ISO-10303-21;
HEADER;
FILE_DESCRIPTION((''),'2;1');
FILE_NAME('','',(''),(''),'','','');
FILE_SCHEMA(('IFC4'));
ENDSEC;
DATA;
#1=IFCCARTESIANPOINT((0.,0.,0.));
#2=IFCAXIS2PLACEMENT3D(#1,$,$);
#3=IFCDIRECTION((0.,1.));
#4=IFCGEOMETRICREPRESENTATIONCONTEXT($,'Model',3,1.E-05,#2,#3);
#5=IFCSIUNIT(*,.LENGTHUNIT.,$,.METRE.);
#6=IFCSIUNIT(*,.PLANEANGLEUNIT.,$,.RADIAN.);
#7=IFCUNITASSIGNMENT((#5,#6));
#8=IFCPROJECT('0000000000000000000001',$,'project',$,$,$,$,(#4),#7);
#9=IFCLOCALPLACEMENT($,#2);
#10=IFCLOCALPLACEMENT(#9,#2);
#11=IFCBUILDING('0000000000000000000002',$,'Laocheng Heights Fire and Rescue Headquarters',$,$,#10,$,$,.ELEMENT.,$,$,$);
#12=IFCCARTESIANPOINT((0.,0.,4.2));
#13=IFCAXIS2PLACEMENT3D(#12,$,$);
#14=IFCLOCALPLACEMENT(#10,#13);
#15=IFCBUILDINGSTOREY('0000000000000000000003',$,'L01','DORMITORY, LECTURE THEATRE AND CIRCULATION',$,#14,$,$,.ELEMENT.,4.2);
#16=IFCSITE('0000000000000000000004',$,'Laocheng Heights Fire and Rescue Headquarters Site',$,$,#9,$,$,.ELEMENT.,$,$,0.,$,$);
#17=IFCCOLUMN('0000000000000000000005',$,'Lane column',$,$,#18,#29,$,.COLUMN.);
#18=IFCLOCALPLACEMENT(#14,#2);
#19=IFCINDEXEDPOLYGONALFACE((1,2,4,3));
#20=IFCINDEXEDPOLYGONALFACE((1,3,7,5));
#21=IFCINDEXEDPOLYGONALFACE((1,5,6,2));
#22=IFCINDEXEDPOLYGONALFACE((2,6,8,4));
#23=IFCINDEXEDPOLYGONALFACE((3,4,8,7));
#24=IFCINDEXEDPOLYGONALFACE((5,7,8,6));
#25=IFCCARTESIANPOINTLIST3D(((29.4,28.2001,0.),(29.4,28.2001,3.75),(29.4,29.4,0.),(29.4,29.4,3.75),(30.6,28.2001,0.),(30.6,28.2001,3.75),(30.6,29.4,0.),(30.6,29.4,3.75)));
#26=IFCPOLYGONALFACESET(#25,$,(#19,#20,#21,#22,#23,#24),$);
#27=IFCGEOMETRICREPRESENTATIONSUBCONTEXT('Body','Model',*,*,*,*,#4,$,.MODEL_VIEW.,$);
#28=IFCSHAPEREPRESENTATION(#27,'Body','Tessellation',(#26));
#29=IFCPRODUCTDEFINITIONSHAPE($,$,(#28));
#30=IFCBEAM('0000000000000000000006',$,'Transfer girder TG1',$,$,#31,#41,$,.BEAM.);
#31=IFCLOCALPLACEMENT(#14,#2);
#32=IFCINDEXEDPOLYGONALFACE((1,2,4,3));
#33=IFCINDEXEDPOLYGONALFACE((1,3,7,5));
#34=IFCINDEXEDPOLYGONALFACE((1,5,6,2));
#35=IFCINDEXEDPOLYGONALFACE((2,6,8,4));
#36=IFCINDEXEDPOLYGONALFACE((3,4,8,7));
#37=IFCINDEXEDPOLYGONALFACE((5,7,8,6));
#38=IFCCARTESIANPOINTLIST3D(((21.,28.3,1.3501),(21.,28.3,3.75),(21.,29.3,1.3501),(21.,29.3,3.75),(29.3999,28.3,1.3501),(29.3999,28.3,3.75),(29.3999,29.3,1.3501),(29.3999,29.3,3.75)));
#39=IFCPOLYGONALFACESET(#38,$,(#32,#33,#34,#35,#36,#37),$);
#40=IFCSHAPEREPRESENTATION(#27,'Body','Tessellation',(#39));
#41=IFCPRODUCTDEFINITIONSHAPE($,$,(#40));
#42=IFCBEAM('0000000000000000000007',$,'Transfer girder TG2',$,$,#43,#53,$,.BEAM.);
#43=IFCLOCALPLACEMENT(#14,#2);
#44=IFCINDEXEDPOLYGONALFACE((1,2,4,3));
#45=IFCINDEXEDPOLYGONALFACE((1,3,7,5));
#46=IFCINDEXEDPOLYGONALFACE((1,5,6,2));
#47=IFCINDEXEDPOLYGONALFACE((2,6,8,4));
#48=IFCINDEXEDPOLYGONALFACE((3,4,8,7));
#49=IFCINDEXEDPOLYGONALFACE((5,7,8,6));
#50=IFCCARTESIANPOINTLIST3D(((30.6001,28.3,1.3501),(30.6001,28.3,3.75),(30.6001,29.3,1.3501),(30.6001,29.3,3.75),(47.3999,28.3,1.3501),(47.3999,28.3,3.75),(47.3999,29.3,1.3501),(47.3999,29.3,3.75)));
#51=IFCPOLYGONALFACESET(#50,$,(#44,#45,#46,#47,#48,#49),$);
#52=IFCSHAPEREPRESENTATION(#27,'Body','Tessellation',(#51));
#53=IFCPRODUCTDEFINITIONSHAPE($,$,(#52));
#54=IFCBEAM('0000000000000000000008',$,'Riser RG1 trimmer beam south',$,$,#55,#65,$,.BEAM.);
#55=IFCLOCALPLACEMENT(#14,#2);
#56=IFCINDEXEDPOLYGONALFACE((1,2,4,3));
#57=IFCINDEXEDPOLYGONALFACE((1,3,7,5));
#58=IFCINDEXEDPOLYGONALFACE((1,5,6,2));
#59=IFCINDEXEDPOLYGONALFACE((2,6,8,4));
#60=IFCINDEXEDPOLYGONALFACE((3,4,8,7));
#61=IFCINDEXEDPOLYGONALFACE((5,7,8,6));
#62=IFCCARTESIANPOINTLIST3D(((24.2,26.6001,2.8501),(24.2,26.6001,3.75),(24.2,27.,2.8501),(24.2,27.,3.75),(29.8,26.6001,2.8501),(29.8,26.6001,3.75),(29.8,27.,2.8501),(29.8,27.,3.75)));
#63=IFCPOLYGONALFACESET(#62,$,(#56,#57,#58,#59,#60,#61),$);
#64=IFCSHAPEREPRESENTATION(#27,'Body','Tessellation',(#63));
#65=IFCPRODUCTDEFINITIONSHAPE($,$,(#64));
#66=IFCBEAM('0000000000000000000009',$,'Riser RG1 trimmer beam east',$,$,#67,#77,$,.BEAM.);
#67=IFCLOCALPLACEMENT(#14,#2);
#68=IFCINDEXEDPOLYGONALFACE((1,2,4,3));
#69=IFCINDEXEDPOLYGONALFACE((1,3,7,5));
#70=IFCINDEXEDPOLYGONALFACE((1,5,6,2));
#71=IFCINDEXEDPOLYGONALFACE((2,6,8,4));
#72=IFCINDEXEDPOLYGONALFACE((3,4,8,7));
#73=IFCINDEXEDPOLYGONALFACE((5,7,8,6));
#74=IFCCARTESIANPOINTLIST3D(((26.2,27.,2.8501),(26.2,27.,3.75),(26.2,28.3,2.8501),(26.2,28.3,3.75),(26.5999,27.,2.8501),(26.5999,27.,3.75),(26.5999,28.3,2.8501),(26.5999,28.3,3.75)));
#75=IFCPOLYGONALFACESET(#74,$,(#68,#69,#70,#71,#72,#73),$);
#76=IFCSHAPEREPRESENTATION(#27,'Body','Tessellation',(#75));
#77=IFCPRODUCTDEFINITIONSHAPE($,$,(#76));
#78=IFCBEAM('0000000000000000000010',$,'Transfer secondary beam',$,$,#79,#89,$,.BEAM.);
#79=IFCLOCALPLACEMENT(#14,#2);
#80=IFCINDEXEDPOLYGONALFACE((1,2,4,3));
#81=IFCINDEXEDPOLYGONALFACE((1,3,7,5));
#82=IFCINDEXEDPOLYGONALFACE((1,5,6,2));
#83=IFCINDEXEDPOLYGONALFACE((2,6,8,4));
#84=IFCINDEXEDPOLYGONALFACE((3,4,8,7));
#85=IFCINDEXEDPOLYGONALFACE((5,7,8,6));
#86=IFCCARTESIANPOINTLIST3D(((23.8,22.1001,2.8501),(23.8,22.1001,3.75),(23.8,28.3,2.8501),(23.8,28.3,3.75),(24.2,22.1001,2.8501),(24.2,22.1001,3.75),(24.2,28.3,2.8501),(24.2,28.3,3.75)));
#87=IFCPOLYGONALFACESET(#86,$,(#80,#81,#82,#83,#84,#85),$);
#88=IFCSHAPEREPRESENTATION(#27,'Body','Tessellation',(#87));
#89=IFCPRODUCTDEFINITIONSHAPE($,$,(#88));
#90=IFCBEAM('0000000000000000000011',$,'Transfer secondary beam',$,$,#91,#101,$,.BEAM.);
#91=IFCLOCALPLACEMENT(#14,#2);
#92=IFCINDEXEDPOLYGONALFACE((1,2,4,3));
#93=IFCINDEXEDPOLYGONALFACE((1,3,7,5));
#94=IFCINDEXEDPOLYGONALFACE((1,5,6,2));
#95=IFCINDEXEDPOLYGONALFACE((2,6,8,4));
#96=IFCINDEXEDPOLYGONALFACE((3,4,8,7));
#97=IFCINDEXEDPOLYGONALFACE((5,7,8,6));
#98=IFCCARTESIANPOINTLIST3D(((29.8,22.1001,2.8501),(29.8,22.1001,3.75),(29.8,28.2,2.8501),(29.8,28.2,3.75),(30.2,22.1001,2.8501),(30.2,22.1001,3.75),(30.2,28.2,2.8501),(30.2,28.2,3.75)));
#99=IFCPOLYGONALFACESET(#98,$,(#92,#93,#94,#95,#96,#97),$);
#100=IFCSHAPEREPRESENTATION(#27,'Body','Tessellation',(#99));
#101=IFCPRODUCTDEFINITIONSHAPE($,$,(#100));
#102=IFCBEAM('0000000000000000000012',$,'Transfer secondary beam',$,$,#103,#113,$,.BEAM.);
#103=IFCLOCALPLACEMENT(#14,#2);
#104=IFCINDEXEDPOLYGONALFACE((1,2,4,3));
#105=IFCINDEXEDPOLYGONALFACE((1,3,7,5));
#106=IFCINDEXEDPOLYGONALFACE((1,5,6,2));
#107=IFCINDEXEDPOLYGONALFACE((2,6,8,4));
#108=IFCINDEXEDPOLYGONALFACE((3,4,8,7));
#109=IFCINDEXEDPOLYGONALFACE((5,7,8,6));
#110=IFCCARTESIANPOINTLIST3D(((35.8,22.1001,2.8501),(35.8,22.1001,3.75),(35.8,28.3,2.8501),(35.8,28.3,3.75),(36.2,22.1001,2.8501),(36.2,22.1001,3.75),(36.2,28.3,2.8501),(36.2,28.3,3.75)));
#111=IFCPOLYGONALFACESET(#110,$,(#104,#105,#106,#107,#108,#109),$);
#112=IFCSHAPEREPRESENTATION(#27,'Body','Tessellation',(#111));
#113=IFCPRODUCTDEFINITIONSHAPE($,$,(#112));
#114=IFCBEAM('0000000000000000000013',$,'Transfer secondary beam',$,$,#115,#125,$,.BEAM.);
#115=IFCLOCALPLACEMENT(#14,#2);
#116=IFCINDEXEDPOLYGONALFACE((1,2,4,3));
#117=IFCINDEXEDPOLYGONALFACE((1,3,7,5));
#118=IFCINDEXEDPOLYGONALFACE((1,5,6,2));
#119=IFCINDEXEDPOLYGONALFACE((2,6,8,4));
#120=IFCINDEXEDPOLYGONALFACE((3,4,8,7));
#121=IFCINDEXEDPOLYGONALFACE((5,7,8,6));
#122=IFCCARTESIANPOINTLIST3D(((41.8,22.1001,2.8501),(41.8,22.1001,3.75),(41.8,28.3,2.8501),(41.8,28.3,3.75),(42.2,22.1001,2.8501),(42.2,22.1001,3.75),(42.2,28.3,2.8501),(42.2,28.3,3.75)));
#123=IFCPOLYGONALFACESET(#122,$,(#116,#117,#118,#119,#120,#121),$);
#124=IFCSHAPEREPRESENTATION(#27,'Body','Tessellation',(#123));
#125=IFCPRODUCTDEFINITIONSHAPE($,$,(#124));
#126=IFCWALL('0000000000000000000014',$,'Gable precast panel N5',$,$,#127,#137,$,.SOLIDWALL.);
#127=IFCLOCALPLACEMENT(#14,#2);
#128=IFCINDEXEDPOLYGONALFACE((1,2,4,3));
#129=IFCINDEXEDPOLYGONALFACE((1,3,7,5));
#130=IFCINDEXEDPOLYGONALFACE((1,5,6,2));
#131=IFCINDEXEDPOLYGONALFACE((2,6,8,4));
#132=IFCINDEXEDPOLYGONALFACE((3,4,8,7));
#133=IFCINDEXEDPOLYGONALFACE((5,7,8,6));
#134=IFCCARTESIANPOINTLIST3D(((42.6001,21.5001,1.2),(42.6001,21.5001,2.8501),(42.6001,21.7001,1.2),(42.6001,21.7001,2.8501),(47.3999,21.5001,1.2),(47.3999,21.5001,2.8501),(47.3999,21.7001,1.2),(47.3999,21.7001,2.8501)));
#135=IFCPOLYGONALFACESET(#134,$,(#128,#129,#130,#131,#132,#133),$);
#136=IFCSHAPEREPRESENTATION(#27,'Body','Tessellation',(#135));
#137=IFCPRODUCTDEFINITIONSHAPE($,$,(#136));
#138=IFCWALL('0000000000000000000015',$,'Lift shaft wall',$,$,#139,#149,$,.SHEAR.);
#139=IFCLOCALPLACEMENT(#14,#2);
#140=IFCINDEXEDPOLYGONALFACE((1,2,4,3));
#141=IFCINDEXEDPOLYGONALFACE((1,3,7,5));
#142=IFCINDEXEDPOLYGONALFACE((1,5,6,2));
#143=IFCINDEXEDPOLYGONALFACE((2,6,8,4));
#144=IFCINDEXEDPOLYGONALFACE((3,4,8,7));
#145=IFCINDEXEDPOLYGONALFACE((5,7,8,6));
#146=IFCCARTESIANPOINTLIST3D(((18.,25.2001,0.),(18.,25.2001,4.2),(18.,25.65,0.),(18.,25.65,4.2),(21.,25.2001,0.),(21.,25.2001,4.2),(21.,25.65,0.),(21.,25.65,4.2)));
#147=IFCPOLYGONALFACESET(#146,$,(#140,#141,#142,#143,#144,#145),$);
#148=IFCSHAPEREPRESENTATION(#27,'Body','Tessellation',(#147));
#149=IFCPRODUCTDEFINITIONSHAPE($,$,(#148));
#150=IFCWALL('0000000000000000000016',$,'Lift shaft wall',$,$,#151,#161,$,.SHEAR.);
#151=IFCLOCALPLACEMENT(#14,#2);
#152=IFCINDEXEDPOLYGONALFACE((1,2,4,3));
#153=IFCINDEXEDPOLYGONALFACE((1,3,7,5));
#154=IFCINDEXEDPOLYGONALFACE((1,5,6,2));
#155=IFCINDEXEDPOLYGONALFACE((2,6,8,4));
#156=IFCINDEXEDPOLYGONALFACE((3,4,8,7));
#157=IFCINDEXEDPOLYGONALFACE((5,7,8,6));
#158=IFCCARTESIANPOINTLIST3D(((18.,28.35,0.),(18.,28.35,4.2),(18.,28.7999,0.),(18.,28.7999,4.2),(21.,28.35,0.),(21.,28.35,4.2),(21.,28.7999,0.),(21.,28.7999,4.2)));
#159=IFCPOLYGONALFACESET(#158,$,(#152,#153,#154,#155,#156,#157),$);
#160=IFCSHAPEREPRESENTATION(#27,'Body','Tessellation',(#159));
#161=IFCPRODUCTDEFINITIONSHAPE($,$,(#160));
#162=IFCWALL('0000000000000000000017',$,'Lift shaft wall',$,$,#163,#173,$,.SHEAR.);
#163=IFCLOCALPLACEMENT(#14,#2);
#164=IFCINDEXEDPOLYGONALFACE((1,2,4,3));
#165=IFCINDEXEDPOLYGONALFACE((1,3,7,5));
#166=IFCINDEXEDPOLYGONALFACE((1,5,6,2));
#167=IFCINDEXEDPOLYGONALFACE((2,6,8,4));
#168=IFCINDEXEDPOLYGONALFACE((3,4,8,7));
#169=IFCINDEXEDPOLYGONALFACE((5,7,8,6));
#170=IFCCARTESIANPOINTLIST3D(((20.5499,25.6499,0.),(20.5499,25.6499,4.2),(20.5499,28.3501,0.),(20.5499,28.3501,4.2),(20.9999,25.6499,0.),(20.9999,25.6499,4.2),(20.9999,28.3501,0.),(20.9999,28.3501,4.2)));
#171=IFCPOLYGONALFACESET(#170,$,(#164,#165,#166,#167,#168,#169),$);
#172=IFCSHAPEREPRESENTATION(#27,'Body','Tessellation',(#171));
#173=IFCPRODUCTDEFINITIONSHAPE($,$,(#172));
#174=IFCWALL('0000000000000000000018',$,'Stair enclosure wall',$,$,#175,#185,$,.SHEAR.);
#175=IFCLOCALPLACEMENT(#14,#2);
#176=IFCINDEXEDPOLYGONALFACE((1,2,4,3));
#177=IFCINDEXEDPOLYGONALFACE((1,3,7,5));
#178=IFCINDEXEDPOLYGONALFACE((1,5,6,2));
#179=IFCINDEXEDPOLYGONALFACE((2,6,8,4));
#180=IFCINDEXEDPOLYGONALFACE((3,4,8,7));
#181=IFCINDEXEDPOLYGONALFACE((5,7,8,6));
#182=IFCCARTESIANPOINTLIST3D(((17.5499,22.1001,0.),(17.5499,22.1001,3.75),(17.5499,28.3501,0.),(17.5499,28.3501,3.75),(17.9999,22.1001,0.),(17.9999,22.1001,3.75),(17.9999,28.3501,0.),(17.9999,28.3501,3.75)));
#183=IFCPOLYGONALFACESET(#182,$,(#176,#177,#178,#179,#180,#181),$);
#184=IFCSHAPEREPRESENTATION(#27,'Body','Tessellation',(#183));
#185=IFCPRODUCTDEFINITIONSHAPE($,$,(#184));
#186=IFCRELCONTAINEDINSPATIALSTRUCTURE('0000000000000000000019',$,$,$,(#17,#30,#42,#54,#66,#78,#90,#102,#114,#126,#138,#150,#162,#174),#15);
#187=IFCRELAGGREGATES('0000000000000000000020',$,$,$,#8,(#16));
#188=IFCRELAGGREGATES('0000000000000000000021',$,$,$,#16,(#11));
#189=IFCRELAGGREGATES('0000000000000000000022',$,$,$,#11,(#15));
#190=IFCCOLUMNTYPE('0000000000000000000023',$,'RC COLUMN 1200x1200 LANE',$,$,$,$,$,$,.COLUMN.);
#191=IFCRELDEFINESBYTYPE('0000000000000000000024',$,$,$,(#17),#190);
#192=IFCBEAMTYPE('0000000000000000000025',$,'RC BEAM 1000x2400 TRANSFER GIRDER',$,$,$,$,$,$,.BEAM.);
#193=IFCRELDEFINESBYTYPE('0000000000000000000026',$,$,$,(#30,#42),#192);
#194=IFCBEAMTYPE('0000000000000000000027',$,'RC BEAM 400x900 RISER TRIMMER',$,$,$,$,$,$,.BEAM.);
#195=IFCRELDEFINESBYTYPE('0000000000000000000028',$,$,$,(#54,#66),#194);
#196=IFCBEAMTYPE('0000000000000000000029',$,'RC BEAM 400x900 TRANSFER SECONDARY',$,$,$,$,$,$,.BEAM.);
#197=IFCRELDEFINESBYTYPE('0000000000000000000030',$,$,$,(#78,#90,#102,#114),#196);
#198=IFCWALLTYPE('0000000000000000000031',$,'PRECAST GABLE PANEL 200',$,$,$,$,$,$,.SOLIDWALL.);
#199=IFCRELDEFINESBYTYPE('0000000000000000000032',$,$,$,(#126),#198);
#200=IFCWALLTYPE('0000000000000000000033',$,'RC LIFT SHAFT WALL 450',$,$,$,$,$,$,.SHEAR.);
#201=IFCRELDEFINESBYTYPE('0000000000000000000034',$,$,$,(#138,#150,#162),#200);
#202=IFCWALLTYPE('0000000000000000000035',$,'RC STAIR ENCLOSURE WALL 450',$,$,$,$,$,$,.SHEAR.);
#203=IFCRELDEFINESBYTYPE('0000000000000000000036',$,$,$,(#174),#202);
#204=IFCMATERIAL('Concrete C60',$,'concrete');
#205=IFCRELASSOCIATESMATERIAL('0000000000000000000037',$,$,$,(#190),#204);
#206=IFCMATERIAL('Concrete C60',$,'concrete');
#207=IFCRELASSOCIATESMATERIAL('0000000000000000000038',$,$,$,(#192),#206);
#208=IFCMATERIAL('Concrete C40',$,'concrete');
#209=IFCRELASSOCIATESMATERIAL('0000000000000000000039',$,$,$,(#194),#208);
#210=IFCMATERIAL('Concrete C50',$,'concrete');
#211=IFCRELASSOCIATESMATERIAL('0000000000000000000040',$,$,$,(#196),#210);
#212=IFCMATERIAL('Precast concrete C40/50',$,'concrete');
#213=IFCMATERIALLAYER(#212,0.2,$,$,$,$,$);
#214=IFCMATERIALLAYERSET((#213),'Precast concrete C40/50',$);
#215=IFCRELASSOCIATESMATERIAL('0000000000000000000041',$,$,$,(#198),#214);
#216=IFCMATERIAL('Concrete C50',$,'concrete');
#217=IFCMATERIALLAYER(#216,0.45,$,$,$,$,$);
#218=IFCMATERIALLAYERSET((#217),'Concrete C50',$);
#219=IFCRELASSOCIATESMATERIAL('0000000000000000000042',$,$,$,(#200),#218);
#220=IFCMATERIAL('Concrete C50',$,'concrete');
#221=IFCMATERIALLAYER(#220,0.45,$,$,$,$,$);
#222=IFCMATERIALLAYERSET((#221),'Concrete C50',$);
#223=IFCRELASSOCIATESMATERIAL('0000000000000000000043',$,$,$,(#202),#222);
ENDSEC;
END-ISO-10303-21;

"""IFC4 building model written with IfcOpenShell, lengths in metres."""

from ifc_helpers import new_model, si_unit, direction, frame, frame_2d, origin, origin_2d, place, context, subcontext, project, spatial, rectangle, extrude, material, layer, layer_set, material_profile, profile_set, type_object, element, save


model = new_model("IFC4")

# Units and contexts
model_context = context("Model", 3, precision=1e-05, world=origin(), true_north=direction((0.0, 1.0)))
body_context = subcontext(model_context, "Body", "Model", "MODEL_VIEW")
ifc_project = project(units=[si_unit("LENGTHUNIT", "METRE"), si_unit("PLANEANGLEUNIT", "RADIAN")], contexts=[model_context])

# Site, building, storey
site_placement = place(None, origin())
site = spatial("IfcSite", under=ifc_project, at=site_placement, Name="Laocheng Heights Fire and Rescue Headquarters Site", CompositionType="ELEMENT", RefElevation=0.0)
building_placement = place(site_placement, origin())
building = spatial("IfcBuilding", under=site, at=building_placement, Name="Laocheng Heights Fire and Rescue Headquarters", CompositionType="ELEMENT")
storey_placement = place(building_placement, frame((0.0, 0.0, 4.2)))
storey = spatial("IfcBuildingStorey", under=building, at=storey_placement, Name="L01", Description="DORMITORY, LECTURE THEATRE AND CIRCULATION", CompositionType="ELEMENT", Elevation=4.2)

# Column
ifc_material_1 = material(Name="Concrete C60", Category="concrete")
ifc_material_profile_1 = material_profile(ifc_material_1, rectangle(XDim=1.2, YDim=1.2, at=origin_2d()), Name="RC COLUMN 1200x1200 LANE")
ifc_profile_set_1 = profile_set([ifc_material_profile_1], Name="Concrete C60")
column_type = type_object("IfcColumnType", Name="RC COLUMN 1200x1200 LANE", PredefinedType="COLUMN", material=ifc_profile_set_1)
column_placement = place(storey_placement, frame((30.0, 28.8, 0.0), z_axis=(0.0, 0.0, 1.0), x_axis=(1.0, 0.0, 0.0)))
element("IfcColumn", 1, at=column_placement, inside=storey, type_object=column_type, Name="Lane column", PredefinedType="COLUMN", context=body_context, shape_type="SweptSolid", body=[
    extrude(rectangle(XDim=1.2, YDim=1.2, at=origin_2d()), origin(), (0.0, 0.0, 1.0), 3.75),
])

# Beams
ifc_material_2 = material(Name="Concrete C60", Category="concrete")
ifc_material_profile_2 = material_profile(ifc_material_2, rectangle(XDim=1.0, YDim=2.3999, at=origin_2d()), Name="RC BEAM 1000x2400 TRANSFER GIRDER")
ifc_profile_set_2 = profile_set([ifc_material_profile_2], Name="Concrete C60")
beam_type_1 = type_object("IfcBeamType", Name="RC BEAM 1000x2400 TRANSFER GIRDER", PredefinedType="BEAM", material=ifc_profile_set_2)
beam_1_placement = place(storey_placement, frame((21.0, 28.8, 2.55), z_axis=(1.0, 0.0, 0.0), x_axis=(0.0, 1.0, 0.0)))
element("IfcBeam", 2, at=beam_1_placement, inside=storey, type_object=beam_type_1, Name="Transfer girder TG1", PredefinedType="BEAM", context=body_context, shape_type="SweptSolid", body=[
    extrude(rectangle(XDim=1.0, YDim=2.3999, at=origin_2d()), origin(), (0.0, 0.0, 1.0), 8.3999),
])
beam_2_placement = place(storey_placement, frame((30.6001, 28.8, 2.55), z_axis=(1.0, 0.0, 0.0), x_axis=(0.0, 1.0, 0.0)))
element("IfcBeam", 3, at=beam_2_placement, inside=storey, type_object=beam_type_1, Name="Transfer girder TG2", PredefinedType="BEAM", context=body_context, shape_type="SweptSolid", body=[
    extrude(rectangle(XDim=1.0, YDim=2.3999, at=origin_2d()), origin(), (0.0, 0.0, 1.0), 16.7998),
])
ifc_material_3 = material(Name="Concrete C40", Category="concrete")
ifc_material_profile_3 = material_profile(ifc_material_3, rectangle(XDim=0.3999, YDim=0.8999, at=origin_2d()), Name="RC BEAM 400x900 RISER TRIMMER")
ifc_profile_set_3 = profile_set([ifc_material_profile_3], Name="Concrete C40")
beam_type_2 = type_object("IfcBeamType", Name="RC BEAM 400x900 RISER TRIMMER", PredefinedType="BEAM", material=ifc_profile_set_3)
beam_3_placement = place(storey_placement, frame((24.2, 26.8, 3.3), z_axis=(1.0, 0.0, 0.0), x_axis=(0.0, 1.0, 0.0)))
element("IfcBeam", 4, at=beam_3_placement, inside=storey, type_object=beam_type_2, Name="Riser RG1 trimmer beam south", PredefinedType="BEAM", context=body_context, shape_type="SweptSolid", body=[
    extrude(rectangle(XDim=0.3999, YDim=0.8999, at=origin_2d()), origin(), (0.0, 0.0, 1.0), 5.6001),
])
beam_4_placement = place(storey_placement, frame((26.3999, 27.0, 3.3), z_axis=(0.0, 1.0, 0.0), x_axis=(-1.0, 0.0, 0.0)))
element("IfcBeam", 5, at=beam_4_placement, inside=storey, type_object=beam_type_2, Name="Riser RG1 trimmer beam east", PredefinedType="BEAM", context=body_context, shape_type="SweptSolid", body=[
    extrude(rectangle(XDim=0.3999, YDim=0.8999, at=origin_2d()), origin(), (0.0, 0.0, 1.0), 1.3),
])
ifc_material_4 = material(Name="Concrete C50", Category="concrete")
ifc_material_profile_4 = material_profile(ifc_material_4, rectangle(XDim=0.3999, YDim=0.8999, at=origin_2d()), Name="RC BEAM 400x900 TRANSFER SECONDARY")
ifc_profile_set_4 = profile_set([ifc_material_profile_4], Name="Concrete C50")
beam_type_3 = type_object("IfcBeamType", Name="RC BEAM 400x900 TRANSFER SECONDARY", PredefinedType="BEAM", material=ifc_profile_set_4)
beam_5_placement = place(storey_placement, frame((24.0, 22.1001, 3.3), z_axis=(0.0, 1.0, 0.0), x_axis=(-1.0, 0.0, 0.0)))
element("IfcBeam", 6, at=beam_5_placement, inside=storey, type_object=beam_type_3, Name="Transfer secondary beam", PredefinedType="BEAM", context=body_context, shape_type="SweptSolid", body=[
    extrude(rectangle(XDim=0.3999, YDim=0.8999, at=origin_2d()), origin(), (0.0, 0.0, 1.0), 6.2),
])
beam_6_placement = place(storey_placement, frame((30.0, 22.1001, 3.3), z_axis=(0.0, 1.0, 0.0), x_axis=(-1.0, 0.0, 0.0)))
element("IfcBeam", 7, at=beam_6_placement, inside=storey, type_object=beam_type_3, Name="Transfer secondary beam", PredefinedType="BEAM", context=body_context, shape_type="SweptSolid", body=[
    extrude(rectangle(XDim=0.3999, YDim=0.8999, at=origin_2d()), origin(), (0.0, 0.0, 1.0), 6.0999),
])
for number, where, z_axis, x_axis, name in (
    (8, (36.0, 22.1001, 3.3), (0.0, 1.0, 0.0), (-1.0, 0.0, 0.0), "Transfer secondary beam"),
    (9, (42.0, 22.1001, 3.3), (0.0, 1.0, 0.0), (-1.0, 0.0, 0.0), "Transfer secondary beam"),
):
    element("IfcBeam", number, at=place(storey_placement, frame(where, z_axis=z_axis, x_axis=x_axis)), inside=storey, type_object=beam_type_3, Name=name, PredefinedType="BEAM", context=body_context, shape_type="SweptSolid", body=[
        extrude(rectangle(XDim=0.3999, YDim=0.8999, at=origin_2d()), origin(), (0.0, 0.0, 1.0), 6.2),
    ])

# Walls
ifc_material_5 = material(Name="Precast concrete C40/50", Category="concrete")
ifc_layer_1 = layer(ifc_material_5, 0.2)
ifc_layer_set_1 = layer_set([ifc_layer_1], Name="Precast concrete C40/50")
wall_type_1 = type_object("IfcWallType", Name="PRECAST GABLE PANEL 200", PredefinedType="SOLIDWALL", material=ifc_layer_set_1)
wall_1_placement = place(storey_placement, frame((42.6001, 21.6001, 1.2), z_axis=(0.0, 0.0, 1.0), x_axis=(1.0, 0.0, 0.0)))
element("IfcWall", 10, at=wall_1_placement, inside=storey, type_object=wall_type_1, Name="Gable precast panel N5", PredefinedType="SOLIDWALL", context=body_context, shape_type="SweptSolid", body=[
    extrude(rectangle(XDim=4.7998, YDim=0.2, at=frame_2d((2.3999, 0.0))), origin(), (0.0, 0.0, 1.0), 1.6501),
])
ifc_material_6 = material(Name="Concrete C50", Category="concrete")
ifc_layer_2 = layer(ifc_material_6, 0.45)
ifc_layer_set_2 = layer_set([ifc_layer_2], Name="Concrete C50")
wall_type_2 = type_object("IfcWallType", Name="RC LIFT SHAFT WALL 450", PredefinedType="SHEAR", material=ifc_layer_set_2)
for number, where, z_axis, x_axis, name in (
    (11, (18.0, 25.425, 0.0), (0.0, 0.0, 1.0), (1.0, 0.0, 0.0), "Lift shaft wall"),
    (12, (18.0, 28.575, 0.0), (0.0, 0.0, 1.0), (1.0, 0.0, 0.0), "Lift shaft wall"),
):
    element("IfcWall", number, at=place(storey_placement, frame(where, z_axis=z_axis, x_axis=x_axis)), inside=storey, type_object=wall_type_2, Name=name, PredefinedType="SHEAR", context=body_context, shape_type="SweptSolid", body=[
        extrude(rectangle(XDim=3.0, YDim=0.45, at=frame_2d((1.5, 0.0))), origin(), (0.0, 0.0, 1.0), 4.2),
    ])
wall_2_placement = place(storey_placement, frame((20.7749, 25.6499, 0.0), z_axis=(0.0, 0.0, 1.0), x_axis=(0.0, 1.0, 0.0)))
element("IfcWall", 13, at=wall_2_placement, inside=storey, type_object=wall_type_2, Name="Lift shaft wall", PredefinedType="SHEAR", context=body_context, shape_type="SweptSolid", body=[
    extrude(rectangle(XDim=2.7002, YDim=0.45, at=frame_2d((1.3501, 0.0))), origin(), (0.0, 0.0, 1.0), 4.2),
])

# Wall
ifc_material_7 = material(Name="Concrete C50", Category="concrete")
ifc_layer_3 = layer(ifc_material_7, 0.45)
ifc_layer_set_3 = layer_set([ifc_layer_3], Name="Concrete C50")
wall_type_3 = type_object("IfcWallType", Name="RC STAIR ENCLOSURE WALL 450", PredefinedType="SHEAR", material=ifc_layer_set_3)
wall_3_placement = place(storey_placement, frame((17.7749, 22.1001, 0.0), z_axis=(0.0, 0.0, 1.0), x_axis=(0.0, 1.0, 0.0)))
element("IfcWall", 14, at=wall_3_placement, inside=storey, type_object=wall_type_3, Name="Stair enclosure wall", PredefinedType="SHEAR", context=body_context, shape_type="SweptSolid", body=[
    extrude(rectangle(XDim=6.25, YDim=0.45, at=frame_2d((3.125, 0.0))), origin(), (0.0, 0.0, 1.0), 3.75),
])

save(model, "model.ifc")
